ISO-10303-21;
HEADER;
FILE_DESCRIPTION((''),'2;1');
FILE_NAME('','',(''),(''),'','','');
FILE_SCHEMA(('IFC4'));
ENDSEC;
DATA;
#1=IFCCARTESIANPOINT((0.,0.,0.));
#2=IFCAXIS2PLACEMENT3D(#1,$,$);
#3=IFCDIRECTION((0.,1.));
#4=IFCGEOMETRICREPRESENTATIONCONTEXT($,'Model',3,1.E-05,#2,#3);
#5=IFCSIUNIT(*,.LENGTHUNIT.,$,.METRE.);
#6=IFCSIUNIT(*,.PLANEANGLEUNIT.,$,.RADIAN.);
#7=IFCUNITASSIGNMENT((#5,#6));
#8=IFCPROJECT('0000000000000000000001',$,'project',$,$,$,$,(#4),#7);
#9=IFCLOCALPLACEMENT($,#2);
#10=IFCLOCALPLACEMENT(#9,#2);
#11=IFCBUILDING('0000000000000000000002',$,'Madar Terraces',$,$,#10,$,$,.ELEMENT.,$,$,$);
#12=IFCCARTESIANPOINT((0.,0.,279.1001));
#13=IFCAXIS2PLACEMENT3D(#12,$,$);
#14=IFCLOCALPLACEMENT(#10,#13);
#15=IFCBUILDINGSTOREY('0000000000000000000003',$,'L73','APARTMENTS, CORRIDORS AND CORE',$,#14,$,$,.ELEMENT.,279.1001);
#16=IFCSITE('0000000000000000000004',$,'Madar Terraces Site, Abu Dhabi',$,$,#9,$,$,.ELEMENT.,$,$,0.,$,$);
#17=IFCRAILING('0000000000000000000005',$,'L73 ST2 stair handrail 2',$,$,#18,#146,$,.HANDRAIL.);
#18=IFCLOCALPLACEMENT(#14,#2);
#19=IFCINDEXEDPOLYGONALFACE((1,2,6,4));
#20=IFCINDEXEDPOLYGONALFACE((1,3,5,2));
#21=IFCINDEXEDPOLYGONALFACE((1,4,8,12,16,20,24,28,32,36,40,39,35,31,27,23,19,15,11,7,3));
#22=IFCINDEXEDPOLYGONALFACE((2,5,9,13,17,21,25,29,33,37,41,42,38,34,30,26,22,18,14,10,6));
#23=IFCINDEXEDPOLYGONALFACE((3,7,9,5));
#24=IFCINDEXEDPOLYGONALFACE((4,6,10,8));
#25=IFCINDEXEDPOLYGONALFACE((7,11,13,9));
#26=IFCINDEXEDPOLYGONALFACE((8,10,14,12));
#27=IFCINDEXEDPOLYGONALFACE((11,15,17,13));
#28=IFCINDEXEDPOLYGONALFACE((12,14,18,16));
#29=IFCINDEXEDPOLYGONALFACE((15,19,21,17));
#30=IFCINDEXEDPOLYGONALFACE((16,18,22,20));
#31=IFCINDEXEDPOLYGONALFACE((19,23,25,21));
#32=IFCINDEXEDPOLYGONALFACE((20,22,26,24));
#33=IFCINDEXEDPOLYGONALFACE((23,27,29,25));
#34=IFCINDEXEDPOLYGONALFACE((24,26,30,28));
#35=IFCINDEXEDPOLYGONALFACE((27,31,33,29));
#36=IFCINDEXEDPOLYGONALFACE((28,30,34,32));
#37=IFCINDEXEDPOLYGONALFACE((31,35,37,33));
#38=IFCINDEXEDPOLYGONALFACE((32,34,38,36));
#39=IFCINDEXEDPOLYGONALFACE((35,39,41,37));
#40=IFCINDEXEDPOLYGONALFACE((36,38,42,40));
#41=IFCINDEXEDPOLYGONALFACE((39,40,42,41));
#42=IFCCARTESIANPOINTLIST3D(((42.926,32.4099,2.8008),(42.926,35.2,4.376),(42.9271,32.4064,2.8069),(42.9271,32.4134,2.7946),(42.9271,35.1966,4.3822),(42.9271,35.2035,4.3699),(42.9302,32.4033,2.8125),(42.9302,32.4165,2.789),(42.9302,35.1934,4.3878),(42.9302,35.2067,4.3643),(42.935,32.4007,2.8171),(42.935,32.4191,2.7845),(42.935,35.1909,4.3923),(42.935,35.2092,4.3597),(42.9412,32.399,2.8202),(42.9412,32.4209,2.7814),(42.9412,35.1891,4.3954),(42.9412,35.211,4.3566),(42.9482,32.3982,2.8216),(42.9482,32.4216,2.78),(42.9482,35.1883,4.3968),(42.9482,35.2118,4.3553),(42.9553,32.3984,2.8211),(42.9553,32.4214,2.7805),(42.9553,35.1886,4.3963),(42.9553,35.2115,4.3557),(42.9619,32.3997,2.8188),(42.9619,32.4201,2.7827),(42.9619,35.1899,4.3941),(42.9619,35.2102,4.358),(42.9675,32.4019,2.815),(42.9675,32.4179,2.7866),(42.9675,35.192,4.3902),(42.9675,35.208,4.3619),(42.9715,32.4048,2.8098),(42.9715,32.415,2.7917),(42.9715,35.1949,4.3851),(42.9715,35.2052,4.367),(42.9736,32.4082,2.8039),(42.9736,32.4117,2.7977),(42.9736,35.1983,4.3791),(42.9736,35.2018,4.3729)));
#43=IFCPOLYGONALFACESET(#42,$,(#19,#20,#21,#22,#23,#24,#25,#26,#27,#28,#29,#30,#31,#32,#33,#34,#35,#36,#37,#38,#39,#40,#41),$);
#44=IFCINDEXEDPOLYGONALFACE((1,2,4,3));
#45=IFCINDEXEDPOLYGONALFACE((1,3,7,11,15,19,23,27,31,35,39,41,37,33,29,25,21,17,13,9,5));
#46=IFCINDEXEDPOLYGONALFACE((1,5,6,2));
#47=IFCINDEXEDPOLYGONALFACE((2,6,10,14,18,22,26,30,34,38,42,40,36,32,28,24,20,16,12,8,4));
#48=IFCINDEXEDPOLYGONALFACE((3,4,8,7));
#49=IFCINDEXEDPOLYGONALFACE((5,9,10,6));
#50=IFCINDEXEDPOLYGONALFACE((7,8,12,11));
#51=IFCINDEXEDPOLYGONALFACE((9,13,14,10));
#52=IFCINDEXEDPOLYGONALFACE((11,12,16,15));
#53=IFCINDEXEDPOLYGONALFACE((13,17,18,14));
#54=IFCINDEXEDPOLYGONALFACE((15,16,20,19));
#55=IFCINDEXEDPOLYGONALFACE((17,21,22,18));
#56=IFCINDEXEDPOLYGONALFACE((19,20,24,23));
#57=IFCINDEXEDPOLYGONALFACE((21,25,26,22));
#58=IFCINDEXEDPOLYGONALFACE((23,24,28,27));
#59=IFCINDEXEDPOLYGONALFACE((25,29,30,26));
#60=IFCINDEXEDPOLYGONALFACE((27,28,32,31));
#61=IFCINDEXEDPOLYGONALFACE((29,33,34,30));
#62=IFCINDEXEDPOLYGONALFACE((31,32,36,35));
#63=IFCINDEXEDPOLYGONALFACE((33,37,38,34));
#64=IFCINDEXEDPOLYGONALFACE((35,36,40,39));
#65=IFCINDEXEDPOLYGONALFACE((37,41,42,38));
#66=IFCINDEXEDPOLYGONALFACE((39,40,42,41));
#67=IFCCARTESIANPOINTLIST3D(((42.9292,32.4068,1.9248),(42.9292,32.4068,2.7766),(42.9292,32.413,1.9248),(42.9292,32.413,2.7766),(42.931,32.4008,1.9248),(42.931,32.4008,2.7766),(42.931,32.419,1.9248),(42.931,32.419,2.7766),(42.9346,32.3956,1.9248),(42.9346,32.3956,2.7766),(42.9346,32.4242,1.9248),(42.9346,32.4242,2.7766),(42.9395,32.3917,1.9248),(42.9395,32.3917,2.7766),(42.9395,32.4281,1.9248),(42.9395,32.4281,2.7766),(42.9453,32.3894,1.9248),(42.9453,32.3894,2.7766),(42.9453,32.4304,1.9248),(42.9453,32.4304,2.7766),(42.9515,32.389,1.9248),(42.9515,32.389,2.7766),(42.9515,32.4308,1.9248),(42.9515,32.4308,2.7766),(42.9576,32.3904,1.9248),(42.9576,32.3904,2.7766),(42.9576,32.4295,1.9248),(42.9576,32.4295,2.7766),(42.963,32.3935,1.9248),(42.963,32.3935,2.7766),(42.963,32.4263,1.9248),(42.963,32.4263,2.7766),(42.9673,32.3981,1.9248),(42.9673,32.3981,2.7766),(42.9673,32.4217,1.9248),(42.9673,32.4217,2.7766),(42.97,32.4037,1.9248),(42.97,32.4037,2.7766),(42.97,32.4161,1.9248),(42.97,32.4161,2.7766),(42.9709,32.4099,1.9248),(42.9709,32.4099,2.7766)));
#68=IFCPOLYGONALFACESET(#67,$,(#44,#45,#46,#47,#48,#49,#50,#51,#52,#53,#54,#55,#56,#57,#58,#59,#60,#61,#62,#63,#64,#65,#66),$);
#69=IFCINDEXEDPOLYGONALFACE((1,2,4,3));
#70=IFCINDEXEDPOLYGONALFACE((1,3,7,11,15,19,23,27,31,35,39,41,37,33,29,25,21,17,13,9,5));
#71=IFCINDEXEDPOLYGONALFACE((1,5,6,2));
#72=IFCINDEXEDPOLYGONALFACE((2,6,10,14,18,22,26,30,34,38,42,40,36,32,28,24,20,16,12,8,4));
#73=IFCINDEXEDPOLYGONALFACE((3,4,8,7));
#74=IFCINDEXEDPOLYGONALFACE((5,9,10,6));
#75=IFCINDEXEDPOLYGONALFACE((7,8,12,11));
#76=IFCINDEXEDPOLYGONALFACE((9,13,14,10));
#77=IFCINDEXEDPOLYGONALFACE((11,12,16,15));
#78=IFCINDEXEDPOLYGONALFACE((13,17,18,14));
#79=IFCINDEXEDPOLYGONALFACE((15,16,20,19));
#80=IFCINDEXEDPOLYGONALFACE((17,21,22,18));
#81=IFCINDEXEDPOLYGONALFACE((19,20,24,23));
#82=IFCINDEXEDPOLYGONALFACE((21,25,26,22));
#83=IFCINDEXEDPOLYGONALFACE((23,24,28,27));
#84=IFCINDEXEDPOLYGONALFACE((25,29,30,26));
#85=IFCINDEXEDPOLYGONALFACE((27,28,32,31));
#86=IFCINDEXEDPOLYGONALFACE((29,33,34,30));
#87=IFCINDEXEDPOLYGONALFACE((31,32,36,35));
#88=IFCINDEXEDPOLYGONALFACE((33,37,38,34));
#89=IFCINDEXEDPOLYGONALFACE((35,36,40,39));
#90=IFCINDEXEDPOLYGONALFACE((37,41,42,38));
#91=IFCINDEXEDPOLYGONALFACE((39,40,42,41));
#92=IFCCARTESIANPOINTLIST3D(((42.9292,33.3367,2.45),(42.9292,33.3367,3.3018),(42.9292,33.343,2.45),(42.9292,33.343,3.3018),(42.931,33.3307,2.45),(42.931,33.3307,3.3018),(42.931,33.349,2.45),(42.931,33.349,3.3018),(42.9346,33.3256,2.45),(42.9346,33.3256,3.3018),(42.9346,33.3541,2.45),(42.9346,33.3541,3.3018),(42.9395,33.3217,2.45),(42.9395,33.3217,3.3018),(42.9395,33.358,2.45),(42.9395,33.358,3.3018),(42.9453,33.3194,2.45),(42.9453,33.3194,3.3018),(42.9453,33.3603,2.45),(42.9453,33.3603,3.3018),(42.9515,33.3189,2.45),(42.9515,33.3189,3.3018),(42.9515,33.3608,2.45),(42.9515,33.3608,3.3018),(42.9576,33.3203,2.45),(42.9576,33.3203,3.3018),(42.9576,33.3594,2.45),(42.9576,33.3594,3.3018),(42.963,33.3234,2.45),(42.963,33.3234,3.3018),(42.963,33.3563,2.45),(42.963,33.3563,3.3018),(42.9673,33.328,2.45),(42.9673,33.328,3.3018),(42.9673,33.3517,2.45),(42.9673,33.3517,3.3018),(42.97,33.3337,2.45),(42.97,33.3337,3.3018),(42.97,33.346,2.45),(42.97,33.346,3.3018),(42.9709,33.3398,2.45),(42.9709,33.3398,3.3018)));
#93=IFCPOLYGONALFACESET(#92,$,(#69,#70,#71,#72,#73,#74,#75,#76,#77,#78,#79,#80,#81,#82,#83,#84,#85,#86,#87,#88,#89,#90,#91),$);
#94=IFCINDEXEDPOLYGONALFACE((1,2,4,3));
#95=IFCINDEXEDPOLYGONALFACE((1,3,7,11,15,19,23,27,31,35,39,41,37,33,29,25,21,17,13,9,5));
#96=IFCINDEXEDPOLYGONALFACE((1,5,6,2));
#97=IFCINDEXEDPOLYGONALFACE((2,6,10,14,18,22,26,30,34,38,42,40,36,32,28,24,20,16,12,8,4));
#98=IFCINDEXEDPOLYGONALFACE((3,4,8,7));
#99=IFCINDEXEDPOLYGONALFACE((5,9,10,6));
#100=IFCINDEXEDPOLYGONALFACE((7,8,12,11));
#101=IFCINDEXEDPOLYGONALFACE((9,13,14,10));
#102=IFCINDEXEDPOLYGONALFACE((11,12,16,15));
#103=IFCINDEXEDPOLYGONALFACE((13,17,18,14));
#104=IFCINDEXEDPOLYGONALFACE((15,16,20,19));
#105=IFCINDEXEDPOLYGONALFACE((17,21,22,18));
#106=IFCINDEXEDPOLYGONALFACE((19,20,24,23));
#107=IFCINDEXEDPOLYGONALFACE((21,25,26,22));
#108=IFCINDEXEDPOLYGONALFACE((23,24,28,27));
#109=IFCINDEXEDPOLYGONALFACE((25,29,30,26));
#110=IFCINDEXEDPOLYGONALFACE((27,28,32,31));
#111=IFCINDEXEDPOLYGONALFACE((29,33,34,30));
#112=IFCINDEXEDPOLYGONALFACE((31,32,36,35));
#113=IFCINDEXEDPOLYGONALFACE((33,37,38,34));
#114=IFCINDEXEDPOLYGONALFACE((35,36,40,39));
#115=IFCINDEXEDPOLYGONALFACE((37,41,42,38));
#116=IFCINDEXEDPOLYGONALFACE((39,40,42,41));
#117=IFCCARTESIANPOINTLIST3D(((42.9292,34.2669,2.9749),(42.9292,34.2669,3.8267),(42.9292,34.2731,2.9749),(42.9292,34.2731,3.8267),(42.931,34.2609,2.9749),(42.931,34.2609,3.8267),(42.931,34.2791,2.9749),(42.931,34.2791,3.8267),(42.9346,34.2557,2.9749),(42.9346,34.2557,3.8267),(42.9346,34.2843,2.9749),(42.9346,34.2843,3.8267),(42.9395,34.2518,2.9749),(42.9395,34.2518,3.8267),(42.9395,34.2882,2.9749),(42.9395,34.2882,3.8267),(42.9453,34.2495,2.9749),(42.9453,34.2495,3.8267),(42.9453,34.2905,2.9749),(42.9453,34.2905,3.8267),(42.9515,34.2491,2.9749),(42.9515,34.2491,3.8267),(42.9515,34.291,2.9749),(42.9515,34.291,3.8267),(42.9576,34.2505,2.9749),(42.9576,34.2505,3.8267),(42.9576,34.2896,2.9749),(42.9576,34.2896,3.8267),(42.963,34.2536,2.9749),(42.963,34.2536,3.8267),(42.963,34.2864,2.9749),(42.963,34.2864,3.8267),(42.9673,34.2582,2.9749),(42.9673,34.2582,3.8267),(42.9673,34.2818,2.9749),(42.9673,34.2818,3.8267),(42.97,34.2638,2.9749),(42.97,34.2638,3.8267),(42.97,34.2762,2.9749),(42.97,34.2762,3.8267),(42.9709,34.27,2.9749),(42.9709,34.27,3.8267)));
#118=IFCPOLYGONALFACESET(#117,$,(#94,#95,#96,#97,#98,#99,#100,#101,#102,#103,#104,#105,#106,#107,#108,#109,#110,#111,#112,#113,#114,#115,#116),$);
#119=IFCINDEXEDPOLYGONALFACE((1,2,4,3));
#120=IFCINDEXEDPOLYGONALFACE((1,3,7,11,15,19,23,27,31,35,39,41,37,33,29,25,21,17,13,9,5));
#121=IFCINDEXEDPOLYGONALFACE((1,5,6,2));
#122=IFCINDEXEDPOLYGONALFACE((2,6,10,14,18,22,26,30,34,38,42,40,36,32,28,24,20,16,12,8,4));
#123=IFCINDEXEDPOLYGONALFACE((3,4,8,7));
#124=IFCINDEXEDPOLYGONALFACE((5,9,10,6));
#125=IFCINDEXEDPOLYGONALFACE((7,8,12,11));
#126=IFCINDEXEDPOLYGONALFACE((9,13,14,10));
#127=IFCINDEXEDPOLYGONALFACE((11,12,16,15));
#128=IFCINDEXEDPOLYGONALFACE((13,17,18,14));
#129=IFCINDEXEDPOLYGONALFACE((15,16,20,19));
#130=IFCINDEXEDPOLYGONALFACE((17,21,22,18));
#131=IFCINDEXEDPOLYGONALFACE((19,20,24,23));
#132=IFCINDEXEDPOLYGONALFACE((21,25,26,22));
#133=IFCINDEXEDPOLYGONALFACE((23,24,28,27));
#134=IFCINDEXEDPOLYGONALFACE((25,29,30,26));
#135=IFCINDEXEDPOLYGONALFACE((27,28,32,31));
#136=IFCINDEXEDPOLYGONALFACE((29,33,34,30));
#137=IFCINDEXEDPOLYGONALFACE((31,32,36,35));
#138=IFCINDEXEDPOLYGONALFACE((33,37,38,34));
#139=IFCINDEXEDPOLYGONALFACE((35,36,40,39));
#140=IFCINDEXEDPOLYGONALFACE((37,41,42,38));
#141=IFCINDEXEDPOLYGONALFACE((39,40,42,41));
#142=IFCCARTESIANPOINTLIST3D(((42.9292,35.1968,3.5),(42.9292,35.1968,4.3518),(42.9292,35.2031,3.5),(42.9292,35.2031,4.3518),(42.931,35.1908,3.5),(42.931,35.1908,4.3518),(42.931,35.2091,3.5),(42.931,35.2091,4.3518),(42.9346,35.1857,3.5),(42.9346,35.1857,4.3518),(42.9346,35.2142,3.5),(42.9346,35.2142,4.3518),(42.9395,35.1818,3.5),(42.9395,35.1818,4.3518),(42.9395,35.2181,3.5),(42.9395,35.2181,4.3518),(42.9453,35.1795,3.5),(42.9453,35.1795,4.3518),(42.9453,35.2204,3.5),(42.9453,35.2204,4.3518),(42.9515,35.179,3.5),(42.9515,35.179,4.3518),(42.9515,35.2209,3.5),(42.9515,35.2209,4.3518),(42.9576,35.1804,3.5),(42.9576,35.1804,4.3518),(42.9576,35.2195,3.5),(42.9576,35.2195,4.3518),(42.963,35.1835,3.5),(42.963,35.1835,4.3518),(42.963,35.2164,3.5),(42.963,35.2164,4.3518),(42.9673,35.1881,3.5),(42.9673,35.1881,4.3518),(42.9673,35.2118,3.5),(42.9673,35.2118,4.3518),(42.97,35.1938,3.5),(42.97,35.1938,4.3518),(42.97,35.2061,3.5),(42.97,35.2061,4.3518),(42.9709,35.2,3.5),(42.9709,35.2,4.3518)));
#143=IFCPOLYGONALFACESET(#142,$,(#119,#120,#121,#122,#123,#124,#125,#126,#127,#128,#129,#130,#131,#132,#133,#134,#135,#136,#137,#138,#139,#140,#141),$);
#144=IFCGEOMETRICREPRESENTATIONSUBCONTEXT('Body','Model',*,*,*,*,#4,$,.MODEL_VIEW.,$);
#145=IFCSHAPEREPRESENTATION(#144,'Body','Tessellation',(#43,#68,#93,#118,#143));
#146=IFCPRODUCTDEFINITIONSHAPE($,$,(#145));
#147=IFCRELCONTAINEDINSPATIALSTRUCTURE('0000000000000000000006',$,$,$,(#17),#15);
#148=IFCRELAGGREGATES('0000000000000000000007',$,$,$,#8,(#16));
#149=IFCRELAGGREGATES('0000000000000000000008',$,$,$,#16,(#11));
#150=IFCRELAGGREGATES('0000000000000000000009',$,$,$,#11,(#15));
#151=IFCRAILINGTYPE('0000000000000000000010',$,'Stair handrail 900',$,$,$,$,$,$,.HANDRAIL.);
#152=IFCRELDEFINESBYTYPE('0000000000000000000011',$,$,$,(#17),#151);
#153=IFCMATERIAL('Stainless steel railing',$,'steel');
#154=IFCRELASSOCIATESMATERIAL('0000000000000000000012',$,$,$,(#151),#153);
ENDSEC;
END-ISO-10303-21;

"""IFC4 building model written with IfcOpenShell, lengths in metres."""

from ifc_helpers import new_model, si_unit, direction, frame, origin, origin_2d, place, context, subcontext, project, spatial, circle, extrude, material, type_object, element, save


model = new_model("IFC4")

# Units and contexts
model_context = context("Model", 3, precision=1e-05, world=origin(), true_north=direction((0.0, 1.0)))
body_context = subcontext(model_context, "Body", "Model", "MODEL_VIEW")
ifc_project = project(units=[si_unit("LENGTHUNIT", "METRE"), si_unit("PLANEANGLEUNIT", "RADIAN")], contexts=[model_context])

# Site, building, storey
site_placement = place(None, origin())
site = spatial("IfcSite", under=ifc_project, at=site_placement, Name="Madar Terraces Site, Abu Dhabi", CompositionType="ELEMENT", RefElevation=0.0)
building_placement = place(site_placement, origin())
building = spatial("IfcBuilding", under=site, at=building_placement, Name="Madar Terraces", CompositionType="ELEMENT")
storey_placement = place(building_placement, frame((0.0, 0.0, 279.1001)))
storey = spatial("IfcBuildingStorey", under=building, at=storey_placement, Name="L73", Description="APARTMENTS, CORRIDORS AND CORE", CompositionType="ELEMENT", Elevation=279.1001)

# Railing
ifc_material_1 = material(Name="Stainless steel railing", Category="steel")
railing_type_1 = type_object("IfcRailingType", Name="Stair handrail 900", PredefinedType="HANDRAIL", material=ifc_material_1)
railing_1_placement = place(storey_placement, frame((42.95, 32.4099, 1.9248)))
element("IfcRailing", 1, at=railing_1_placement, inside=storey, type_object=railing_type_1, Name="L73 ST2 stair handrail 2", PredefinedType="HANDRAIL", context=body_context, shape_type="SweptSolid", body=[
    extrude(circle(Radius=0.0239, at=origin_2d()), frame((0.0, 0.0, 0.876), z_axis=(0.0, 0.870801, 0.491635), x_axis=(-1.0, 0.0, 0.0)), (0.0, 0.0, 1.0), 3.2041),
    extrude(circle(Radius=0.021, at=origin_2d()), origin(), (0.0, 0.0, 1.0), 0.8518),
    extrude(circle(Radius=0.021, at=origin_2d()), frame((0.0, 0.9299, 0.5251)), (0.0, 0.0, 1.0), 0.8518),
    extrude(circle(Radius=0.021, at=origin_2d()), frame((0.0, 1.8601, 1.05)), (0.0, 0.0, 1.0), 0.8518),
    extrude(circle(Radius=0.021, at=origin_2d()), frame((0.0, 2.79, 1.5752)), (0.0, 0.0, 1.0), 0.8518),
])

save(model, "model.ifc")
